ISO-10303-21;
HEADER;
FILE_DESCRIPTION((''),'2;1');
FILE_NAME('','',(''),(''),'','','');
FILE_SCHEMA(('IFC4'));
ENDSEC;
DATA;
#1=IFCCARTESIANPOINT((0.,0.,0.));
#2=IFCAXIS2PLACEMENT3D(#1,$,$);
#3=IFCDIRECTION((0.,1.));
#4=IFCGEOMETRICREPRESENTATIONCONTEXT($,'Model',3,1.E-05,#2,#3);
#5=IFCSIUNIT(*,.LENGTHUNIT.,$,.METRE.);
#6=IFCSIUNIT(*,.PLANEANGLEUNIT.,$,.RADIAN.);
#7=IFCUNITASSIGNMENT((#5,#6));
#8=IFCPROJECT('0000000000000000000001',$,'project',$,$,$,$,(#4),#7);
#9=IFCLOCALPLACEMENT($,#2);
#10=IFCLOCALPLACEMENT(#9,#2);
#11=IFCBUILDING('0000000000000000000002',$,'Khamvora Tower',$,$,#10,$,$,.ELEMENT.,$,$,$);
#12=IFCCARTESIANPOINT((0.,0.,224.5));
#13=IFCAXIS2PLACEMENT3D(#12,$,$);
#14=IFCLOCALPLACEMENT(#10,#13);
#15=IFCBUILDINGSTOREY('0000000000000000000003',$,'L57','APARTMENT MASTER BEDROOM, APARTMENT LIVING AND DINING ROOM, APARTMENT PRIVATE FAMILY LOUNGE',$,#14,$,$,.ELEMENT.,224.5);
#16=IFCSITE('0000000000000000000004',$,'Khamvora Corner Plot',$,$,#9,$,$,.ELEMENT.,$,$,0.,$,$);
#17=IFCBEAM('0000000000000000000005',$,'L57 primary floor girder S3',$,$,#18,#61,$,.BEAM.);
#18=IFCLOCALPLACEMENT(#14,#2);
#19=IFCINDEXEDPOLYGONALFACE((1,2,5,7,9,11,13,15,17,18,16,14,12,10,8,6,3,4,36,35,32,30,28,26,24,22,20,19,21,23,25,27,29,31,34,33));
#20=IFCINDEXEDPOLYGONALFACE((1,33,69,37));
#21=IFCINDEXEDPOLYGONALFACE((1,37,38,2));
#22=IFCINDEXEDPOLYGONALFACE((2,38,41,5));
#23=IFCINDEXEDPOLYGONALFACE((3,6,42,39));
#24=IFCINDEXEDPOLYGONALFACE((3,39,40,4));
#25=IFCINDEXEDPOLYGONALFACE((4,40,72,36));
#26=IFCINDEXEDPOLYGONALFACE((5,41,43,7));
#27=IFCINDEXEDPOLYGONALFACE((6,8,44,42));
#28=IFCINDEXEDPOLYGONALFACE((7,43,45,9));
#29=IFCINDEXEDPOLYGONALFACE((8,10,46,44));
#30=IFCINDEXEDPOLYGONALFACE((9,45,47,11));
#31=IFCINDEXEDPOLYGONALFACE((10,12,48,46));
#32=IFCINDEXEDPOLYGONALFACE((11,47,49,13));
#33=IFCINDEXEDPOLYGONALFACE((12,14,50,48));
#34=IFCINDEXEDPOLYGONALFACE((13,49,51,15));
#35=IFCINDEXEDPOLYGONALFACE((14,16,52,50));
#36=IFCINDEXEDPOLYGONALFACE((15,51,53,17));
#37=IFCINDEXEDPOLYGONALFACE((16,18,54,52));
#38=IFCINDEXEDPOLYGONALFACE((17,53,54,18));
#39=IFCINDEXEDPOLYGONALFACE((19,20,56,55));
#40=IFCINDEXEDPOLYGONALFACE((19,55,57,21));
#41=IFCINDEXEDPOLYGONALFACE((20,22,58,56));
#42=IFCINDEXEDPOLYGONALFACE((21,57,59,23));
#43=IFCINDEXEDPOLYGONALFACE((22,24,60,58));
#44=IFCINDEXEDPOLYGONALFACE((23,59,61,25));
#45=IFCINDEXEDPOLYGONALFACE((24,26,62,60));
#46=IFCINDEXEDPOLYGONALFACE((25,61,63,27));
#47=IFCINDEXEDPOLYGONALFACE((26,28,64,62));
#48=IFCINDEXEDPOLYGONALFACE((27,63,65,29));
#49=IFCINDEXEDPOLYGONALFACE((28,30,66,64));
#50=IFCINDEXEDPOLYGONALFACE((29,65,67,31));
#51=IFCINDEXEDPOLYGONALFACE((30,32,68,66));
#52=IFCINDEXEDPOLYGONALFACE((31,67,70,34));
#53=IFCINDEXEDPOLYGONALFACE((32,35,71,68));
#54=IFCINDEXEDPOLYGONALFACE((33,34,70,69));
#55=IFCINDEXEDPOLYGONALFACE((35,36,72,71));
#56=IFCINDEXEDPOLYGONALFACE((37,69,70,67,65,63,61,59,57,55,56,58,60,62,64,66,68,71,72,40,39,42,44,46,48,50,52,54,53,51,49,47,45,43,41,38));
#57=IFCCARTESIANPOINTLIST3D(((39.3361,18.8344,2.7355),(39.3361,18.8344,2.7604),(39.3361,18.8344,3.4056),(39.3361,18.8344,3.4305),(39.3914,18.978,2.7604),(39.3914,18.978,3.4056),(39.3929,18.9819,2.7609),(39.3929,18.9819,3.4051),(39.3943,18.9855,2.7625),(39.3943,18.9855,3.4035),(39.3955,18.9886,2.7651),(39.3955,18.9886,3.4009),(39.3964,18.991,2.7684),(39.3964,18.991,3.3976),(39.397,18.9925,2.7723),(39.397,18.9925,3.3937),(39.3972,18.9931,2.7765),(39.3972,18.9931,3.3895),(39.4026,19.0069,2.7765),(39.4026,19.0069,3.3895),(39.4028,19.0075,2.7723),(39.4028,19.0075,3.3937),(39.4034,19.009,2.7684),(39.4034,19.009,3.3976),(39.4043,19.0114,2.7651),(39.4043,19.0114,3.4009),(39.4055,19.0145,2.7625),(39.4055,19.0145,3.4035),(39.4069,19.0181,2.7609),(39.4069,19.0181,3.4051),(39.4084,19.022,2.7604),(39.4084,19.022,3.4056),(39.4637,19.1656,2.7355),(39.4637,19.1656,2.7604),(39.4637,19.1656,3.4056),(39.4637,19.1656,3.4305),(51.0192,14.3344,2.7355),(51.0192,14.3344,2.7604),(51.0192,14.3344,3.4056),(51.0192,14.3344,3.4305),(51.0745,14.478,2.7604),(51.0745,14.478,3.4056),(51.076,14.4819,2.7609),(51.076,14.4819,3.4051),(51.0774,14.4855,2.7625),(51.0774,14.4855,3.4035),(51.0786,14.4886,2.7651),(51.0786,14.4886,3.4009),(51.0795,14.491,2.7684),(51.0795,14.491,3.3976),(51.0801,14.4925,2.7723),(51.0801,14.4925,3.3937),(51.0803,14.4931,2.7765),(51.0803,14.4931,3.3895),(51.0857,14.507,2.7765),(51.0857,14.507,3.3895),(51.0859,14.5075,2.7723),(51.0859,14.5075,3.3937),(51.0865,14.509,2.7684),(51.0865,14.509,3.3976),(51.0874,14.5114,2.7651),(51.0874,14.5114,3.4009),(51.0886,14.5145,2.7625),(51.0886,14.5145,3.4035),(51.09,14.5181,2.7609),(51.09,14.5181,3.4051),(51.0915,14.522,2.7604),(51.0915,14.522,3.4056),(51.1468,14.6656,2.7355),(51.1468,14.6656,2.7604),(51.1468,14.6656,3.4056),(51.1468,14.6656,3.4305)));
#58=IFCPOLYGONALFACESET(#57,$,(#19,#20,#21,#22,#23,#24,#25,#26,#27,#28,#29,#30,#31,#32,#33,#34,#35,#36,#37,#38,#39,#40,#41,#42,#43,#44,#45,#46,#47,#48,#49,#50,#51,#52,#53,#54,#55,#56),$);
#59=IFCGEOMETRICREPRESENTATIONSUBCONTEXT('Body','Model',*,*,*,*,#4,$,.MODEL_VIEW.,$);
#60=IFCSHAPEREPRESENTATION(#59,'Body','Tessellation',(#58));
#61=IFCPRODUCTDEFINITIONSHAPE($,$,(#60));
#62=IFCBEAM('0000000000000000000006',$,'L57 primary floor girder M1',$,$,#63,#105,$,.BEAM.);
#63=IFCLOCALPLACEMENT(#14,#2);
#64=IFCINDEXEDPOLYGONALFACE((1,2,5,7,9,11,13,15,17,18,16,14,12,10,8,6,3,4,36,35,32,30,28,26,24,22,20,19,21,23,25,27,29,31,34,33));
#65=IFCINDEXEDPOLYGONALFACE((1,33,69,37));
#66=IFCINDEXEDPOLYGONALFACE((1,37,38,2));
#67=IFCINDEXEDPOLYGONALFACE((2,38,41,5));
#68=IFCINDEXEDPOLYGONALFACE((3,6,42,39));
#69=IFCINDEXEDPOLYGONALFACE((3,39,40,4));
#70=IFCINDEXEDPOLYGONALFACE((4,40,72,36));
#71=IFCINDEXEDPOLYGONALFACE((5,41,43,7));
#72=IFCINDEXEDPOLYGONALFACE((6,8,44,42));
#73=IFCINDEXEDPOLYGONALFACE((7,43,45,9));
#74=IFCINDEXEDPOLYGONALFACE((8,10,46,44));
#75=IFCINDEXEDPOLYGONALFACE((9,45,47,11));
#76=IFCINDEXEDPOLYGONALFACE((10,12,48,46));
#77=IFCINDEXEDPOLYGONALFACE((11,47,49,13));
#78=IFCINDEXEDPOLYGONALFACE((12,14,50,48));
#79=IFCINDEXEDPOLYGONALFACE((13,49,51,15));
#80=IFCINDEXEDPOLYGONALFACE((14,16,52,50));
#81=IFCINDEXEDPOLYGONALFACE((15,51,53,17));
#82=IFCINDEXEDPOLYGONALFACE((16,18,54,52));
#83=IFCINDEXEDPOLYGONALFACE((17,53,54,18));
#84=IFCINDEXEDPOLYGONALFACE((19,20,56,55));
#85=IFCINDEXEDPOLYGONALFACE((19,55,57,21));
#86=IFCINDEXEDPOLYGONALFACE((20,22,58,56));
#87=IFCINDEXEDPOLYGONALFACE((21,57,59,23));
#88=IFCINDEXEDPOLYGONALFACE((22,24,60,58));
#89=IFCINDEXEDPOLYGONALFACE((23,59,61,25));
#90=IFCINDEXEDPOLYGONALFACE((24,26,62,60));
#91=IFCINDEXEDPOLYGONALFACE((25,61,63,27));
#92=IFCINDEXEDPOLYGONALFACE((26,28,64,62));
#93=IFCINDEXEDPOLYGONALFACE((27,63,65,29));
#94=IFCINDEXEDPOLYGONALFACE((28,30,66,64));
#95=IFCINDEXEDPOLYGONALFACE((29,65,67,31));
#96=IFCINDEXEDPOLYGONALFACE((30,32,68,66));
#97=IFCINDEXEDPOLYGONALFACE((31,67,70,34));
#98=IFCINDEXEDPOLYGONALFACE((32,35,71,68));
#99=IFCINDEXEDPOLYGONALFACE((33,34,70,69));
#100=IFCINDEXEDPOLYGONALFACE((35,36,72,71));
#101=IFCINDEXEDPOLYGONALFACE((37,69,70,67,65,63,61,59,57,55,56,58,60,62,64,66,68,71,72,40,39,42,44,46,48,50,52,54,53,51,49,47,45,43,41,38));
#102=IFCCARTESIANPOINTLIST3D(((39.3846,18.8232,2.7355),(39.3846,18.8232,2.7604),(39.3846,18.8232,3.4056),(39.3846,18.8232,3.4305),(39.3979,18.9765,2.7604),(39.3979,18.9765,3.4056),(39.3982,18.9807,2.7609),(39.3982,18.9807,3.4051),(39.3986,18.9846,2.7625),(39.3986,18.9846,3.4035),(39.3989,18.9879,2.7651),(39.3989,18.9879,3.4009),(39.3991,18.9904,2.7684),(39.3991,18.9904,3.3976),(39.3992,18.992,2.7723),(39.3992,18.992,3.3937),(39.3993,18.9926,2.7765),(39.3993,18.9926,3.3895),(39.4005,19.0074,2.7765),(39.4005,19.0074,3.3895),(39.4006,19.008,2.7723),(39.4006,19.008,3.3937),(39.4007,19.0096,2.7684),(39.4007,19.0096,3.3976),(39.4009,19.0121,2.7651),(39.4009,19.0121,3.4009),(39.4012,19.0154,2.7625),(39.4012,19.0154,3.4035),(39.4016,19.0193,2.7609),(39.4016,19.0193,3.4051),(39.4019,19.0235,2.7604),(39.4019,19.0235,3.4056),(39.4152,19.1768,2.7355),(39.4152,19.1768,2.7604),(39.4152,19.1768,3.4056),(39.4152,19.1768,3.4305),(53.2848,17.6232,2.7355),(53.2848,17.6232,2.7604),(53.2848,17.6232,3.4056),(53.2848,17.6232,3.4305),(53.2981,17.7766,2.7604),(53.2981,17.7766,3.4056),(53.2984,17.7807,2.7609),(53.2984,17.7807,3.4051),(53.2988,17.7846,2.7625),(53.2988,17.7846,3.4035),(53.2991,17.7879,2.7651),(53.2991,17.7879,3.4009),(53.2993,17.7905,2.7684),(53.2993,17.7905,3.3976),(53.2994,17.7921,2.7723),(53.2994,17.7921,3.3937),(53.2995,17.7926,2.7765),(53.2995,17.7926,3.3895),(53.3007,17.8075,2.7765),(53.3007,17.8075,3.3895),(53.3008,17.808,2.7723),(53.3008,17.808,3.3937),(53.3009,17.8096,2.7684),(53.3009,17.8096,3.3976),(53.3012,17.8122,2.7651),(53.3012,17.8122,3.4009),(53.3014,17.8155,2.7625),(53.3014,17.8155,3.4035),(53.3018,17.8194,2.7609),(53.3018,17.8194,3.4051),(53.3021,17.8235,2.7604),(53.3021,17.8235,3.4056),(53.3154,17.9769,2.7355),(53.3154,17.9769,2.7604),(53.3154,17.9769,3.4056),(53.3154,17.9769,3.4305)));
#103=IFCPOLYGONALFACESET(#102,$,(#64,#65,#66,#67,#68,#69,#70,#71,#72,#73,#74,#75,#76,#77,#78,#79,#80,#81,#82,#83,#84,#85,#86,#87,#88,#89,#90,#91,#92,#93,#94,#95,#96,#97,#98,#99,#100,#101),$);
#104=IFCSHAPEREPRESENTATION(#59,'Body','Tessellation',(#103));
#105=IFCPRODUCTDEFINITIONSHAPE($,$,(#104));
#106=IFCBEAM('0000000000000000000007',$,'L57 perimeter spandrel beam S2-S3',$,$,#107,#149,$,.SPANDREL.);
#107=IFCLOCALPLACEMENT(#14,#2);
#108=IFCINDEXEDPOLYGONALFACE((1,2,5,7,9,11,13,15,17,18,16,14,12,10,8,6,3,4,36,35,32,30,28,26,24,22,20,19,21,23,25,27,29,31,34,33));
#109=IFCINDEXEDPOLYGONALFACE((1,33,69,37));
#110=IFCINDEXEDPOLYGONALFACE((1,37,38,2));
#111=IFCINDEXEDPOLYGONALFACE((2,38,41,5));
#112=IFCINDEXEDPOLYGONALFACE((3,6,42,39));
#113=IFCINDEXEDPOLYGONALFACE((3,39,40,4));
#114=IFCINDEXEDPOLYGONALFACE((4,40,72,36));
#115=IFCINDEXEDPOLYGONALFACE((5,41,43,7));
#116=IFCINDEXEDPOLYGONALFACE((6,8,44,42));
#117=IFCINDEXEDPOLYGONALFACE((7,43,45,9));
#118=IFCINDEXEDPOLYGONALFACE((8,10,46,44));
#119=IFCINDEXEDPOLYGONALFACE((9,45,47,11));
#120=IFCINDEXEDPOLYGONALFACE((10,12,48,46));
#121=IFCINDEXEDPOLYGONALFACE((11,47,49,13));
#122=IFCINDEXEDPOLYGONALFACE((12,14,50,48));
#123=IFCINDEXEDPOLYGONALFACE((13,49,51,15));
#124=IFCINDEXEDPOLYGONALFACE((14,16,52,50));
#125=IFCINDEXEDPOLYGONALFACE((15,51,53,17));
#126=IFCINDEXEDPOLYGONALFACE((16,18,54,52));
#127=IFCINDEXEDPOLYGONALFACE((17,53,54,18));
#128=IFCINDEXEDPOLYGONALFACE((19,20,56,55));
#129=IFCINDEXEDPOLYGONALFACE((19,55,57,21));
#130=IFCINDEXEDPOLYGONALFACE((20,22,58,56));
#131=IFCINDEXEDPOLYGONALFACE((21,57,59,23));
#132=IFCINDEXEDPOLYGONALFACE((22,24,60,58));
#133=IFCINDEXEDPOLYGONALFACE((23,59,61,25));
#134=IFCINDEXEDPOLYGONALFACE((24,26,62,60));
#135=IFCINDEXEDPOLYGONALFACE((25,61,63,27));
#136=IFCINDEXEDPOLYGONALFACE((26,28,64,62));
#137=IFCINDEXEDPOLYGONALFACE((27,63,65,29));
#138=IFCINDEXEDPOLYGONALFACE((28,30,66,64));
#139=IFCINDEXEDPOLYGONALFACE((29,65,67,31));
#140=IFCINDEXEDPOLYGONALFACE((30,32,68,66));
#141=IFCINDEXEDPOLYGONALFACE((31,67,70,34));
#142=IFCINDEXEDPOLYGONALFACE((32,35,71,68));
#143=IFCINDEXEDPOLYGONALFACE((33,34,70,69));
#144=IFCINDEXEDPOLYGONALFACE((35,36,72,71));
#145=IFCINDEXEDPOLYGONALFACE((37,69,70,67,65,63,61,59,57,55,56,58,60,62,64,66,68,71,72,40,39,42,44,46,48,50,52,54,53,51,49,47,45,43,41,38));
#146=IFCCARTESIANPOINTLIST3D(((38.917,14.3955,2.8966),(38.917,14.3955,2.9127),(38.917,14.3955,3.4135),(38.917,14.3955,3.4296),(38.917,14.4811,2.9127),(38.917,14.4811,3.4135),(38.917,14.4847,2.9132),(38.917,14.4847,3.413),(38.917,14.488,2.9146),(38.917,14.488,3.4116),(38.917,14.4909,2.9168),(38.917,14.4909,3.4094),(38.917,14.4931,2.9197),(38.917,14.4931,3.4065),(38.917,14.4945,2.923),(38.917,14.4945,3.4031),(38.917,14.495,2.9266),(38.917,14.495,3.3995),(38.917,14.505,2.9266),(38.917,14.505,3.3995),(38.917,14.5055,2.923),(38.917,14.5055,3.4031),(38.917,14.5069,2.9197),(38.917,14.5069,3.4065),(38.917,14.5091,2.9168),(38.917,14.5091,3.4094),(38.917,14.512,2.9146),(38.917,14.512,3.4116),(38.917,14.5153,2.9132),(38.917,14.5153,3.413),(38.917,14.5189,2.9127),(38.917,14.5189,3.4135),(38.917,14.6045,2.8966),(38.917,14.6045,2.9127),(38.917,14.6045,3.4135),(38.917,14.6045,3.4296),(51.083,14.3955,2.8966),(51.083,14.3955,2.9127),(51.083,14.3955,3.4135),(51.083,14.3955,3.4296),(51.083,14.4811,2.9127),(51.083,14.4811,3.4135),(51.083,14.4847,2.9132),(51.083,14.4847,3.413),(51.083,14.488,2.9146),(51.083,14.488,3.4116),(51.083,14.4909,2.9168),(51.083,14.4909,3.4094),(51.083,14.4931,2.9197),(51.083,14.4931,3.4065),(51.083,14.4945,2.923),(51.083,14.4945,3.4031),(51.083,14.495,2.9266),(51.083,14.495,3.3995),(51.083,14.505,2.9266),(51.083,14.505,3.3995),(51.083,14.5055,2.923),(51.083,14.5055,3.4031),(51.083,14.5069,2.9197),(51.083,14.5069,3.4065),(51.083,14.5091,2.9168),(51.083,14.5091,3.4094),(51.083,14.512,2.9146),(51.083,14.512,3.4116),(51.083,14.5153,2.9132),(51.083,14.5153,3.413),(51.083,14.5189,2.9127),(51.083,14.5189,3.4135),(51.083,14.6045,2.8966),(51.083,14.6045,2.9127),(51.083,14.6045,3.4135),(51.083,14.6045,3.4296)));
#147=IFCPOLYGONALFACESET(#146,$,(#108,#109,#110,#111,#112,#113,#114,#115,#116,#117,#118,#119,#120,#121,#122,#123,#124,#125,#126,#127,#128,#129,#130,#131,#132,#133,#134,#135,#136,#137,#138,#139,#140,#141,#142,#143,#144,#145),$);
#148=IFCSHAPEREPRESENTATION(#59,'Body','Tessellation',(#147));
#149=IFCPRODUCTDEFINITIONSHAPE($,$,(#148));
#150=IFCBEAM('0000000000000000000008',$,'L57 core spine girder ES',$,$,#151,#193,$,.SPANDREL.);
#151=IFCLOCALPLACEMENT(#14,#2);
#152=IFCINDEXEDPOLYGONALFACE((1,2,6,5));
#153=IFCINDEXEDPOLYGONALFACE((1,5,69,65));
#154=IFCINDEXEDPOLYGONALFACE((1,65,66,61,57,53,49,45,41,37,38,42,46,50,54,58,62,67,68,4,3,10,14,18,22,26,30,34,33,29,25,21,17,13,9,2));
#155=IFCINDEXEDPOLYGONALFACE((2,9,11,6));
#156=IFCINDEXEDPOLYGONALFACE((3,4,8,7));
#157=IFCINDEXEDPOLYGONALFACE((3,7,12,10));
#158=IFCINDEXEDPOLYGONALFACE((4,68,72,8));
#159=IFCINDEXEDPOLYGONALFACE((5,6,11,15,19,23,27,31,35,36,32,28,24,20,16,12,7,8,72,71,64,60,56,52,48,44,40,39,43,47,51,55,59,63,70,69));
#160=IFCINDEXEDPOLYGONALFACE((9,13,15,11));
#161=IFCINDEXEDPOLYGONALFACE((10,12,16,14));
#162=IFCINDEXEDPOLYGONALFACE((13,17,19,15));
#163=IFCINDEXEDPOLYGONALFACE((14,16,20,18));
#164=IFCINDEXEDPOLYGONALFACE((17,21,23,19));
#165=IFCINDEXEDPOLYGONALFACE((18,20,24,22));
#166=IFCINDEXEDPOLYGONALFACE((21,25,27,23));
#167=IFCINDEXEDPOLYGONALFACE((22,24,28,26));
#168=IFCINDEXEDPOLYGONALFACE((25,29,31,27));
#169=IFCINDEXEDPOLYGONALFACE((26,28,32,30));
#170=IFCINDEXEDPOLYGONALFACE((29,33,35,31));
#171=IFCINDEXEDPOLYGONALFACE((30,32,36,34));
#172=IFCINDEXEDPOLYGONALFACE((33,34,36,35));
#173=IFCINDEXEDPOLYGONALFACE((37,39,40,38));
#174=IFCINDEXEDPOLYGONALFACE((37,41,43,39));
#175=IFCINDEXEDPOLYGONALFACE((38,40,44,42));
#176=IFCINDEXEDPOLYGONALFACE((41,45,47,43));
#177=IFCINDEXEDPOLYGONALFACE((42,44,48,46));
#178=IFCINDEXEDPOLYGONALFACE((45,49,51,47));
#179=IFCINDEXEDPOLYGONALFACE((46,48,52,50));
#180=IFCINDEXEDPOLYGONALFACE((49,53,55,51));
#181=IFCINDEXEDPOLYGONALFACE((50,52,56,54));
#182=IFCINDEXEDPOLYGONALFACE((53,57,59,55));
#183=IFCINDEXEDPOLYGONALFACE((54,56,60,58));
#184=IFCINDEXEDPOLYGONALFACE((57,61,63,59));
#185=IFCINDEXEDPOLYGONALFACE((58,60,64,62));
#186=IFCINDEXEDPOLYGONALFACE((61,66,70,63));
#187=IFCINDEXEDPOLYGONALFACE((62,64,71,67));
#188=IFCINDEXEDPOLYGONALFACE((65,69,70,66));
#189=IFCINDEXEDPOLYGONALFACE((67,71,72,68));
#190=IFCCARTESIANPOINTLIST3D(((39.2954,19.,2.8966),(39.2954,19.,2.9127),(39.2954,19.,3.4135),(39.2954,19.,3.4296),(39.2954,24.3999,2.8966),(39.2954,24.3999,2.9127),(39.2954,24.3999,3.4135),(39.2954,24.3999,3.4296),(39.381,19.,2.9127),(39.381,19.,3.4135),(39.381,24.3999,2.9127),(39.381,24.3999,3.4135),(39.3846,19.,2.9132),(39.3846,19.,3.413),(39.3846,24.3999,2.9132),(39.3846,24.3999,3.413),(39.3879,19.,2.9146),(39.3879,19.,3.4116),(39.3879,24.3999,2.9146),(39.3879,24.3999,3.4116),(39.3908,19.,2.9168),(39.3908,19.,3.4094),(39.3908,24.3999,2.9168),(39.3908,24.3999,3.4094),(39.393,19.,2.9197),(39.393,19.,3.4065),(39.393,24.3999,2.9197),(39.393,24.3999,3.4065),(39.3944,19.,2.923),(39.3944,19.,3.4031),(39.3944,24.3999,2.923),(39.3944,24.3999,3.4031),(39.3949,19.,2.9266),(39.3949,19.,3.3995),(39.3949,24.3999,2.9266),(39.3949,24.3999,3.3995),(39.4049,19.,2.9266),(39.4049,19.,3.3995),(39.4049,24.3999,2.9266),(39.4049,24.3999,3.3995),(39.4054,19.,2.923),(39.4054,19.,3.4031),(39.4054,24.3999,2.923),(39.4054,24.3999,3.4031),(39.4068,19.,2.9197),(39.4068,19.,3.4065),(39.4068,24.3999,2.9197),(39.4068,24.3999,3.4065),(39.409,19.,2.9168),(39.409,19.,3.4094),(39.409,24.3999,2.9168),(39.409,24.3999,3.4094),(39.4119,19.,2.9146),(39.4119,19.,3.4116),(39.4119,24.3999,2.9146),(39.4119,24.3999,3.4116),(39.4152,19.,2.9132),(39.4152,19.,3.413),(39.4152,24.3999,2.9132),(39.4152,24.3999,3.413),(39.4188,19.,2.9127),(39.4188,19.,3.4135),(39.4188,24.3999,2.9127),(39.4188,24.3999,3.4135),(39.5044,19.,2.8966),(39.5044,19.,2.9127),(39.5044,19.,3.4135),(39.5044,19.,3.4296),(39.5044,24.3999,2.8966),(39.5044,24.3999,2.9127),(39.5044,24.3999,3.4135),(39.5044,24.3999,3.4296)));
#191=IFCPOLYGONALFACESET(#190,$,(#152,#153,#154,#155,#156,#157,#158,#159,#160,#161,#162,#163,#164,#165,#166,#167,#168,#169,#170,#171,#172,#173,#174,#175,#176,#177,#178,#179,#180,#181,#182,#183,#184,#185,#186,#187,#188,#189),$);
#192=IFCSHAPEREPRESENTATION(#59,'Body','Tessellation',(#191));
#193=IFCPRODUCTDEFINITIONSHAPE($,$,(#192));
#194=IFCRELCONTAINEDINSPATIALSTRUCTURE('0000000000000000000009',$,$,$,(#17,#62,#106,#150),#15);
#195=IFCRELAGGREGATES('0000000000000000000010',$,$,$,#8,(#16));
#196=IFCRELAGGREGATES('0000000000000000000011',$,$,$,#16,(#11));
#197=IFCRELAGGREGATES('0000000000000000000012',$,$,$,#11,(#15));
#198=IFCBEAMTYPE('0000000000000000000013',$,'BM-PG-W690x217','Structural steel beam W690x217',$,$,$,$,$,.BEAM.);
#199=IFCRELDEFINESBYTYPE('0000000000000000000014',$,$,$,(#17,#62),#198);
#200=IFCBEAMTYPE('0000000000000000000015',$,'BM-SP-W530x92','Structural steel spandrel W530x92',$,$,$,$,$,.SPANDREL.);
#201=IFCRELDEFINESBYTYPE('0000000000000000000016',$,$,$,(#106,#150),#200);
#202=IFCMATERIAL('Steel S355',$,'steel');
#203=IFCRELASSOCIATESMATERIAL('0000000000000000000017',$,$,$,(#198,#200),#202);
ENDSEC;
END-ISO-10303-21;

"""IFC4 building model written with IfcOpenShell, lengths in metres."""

from ifc_helpers import new_model, si_unit, direction, frame, origin, origin_2d, place, context, subcontext, project, spatial, i_section, extrude, material, material_profile, profile_set, type_object, element, save


model = new_model("IFC4")

# Units and contexts
model_context = context("Model", 3, precision=1e-05, world=origin(), true_north=direction((0.0, 1.0)))
body_context = subcontext(model_context, "Body", "Model", "MODEL_VIEW")
ifc_project = project(units=[si_unit("LENGTHUNIT", "METRE"), si_unit("PLANEANGLEUNIT", "RADIAN")], contexts=[model_context])

# Site, building, storey
site_placement = place(None, origin())
site = spatial("IfcSite", under=ifc_project, at=site_placement, Name="Khamvora Corner Plot", CompositionType="ELEMENT", RefElevation=0.0)
building_placement = place(site_placement, origin())
building = spatial("IfcBuilding", under=site, at=building_placement, Name="Khamvora Tower", CompositionType="ELEMENT")
storey_placement = place(building_placement, frame((0.0, 0.0, 224.5)))
storey = spatial("IfcBuildingStorey", under=building, at=storey_placement, Name="L57", Description="APARTMENT MASTER BEDROOM, APARTMENT LIVING AND DINING ROOM, APARTMENT PRIVATE FAMILY LOUNGE", CompositionType="ELEMENT", Elevation=224.5)

# Shared definitions
ifc_material_1 = material(Name="Steel S355", Category="steel")

# Beams
ifc_material_profile_1 = material_profile(ifc_material_1, i_section(OverallWidth=0.355, OverallDepth=0.6951, WebThickness=0.0149, FlangeThickness=0.0249, FilletRadius=0.0161, at=origin_2d()), Name="W690x217")
ifc_profile_set_1 = profile_set([ifc_material_profile_1], Name="Steel S355")
beam_type_1 = type_object("IfcBeamType", Name="BM-PG-W690x217", Description="Structural steel beam W690x217", PredefinedType="BEAM", material=ifc_profile_set_1)
beam_1_placement = place(storey_placement, frame((39.3999, 19.0, 3.083), z_axis=(0.933172, -0.359431, 0.0), x_axis=(0.359431, 0.933172, 0.0)))
element("IfcBeam", 1, at=beam_1_placement, inside=storey, type_object=beam_type_1, Name="L57 primary floor girder S3", PredefinedType="BEAM", context=body_context, shape_type="SweptSolid", body=[
    extrude(i_section(OverallWidth=0.355, OverallDepth=0.6951, WebThickness=0.0149, FlangeThickness=0.0249, FilletRadius=0.0161, at=origin_2d()), origin(), (0.0, 0.0, 1.0), 12.5198),
])
beam_2_placement = place(storey_placement, frame((39.3999, 19.0, 3.083), z_axis=(0.996295, -0.086007, 0.0), x_axis=(0.086007, 0.996295, 0.0)))
element("IfcBeam", 2, at=beam_2_placement, inside=storey, type_object=beam_type_1, Name="L57 primary floor girder M1", PredefinedType="BEAM", context=body_context, shape_type="SweptSolid", body=[
    extrude(i_section(OverallWidth=0.355, OverallDepth=0.6951, WebThickness=0.0149, FlangeThickness=0.0249, FilletRadius=0.0161, at=origin_2d()), origin(), (0.0, 0.0, 1.0), 13.9519),
])
ifc_material_profile_2 = material_profile(ifc_material_1, i_section(OverallWidth=0.209, OverallDepth=0.533, WebThickness=0.01, FlangeThickness=0.0161, FilletRadius=0.0139, at=origin_2d()), Name="W530x92")
ifc_profile_set_2 = profile_set([ifc_material_profile_2], Name="Steel S355")
beam_type_2 = type_object("IfcBeamType", Name="BM-SP-W530x92", Description="Structural steel spandrel W530x92", PredefinedType="SPANDREL", material=ifc_profile_set_2)
beam_3_placement = place(storey_placement, frame((38.917, 14.5, 3.1631), z_axis=(1.0, 0.0, 0.0), x_axis=(0.0, 1.0, 0.0)))
element("IfcBeam", 3, at=beam_3_placement, inside=storey, type_object=beam_type_2, Name="L57 perimeter spandrel beam S2-S3", PredefinedType="SPANDREL", context=body_context, shape_type="SweptSolid", body=[
    extrude(i_section(OverallWidth=0.209, OverallDepth=0.533, WebThickness=0.01, FlangeThickness=0.0161, FilletRadius=0.0139, at=origin_2d()), origin(), (0.0, 0.0, 1.0), 12.166),
])
beam_4_placement = place(storey_placement, frame((39.3999, 19.0, 3.1631), z_axis=(0.0, 1.0, 0.0), x_axis=(-1.0, 0.0, 0.0)))
element("IfcBeam", 4, at=beam_4_placement, inside=storey, type_object=beam_type_2, Name="L57 core spine girder ES", PredefinedType="SPANDREL", context=body_context, shape_type="SweptSolid", body=[
    extrude(i_section(OverallWidth=0.209, OverallDepth=0.533, WebThickness=0.01, FlangeThickness=0.0161, FilletRadius=0.0139, at=origin_2d()), origin(), (0.0, 0.0, 1.0), 5.3999),
])

save(model, "model.ifc")
